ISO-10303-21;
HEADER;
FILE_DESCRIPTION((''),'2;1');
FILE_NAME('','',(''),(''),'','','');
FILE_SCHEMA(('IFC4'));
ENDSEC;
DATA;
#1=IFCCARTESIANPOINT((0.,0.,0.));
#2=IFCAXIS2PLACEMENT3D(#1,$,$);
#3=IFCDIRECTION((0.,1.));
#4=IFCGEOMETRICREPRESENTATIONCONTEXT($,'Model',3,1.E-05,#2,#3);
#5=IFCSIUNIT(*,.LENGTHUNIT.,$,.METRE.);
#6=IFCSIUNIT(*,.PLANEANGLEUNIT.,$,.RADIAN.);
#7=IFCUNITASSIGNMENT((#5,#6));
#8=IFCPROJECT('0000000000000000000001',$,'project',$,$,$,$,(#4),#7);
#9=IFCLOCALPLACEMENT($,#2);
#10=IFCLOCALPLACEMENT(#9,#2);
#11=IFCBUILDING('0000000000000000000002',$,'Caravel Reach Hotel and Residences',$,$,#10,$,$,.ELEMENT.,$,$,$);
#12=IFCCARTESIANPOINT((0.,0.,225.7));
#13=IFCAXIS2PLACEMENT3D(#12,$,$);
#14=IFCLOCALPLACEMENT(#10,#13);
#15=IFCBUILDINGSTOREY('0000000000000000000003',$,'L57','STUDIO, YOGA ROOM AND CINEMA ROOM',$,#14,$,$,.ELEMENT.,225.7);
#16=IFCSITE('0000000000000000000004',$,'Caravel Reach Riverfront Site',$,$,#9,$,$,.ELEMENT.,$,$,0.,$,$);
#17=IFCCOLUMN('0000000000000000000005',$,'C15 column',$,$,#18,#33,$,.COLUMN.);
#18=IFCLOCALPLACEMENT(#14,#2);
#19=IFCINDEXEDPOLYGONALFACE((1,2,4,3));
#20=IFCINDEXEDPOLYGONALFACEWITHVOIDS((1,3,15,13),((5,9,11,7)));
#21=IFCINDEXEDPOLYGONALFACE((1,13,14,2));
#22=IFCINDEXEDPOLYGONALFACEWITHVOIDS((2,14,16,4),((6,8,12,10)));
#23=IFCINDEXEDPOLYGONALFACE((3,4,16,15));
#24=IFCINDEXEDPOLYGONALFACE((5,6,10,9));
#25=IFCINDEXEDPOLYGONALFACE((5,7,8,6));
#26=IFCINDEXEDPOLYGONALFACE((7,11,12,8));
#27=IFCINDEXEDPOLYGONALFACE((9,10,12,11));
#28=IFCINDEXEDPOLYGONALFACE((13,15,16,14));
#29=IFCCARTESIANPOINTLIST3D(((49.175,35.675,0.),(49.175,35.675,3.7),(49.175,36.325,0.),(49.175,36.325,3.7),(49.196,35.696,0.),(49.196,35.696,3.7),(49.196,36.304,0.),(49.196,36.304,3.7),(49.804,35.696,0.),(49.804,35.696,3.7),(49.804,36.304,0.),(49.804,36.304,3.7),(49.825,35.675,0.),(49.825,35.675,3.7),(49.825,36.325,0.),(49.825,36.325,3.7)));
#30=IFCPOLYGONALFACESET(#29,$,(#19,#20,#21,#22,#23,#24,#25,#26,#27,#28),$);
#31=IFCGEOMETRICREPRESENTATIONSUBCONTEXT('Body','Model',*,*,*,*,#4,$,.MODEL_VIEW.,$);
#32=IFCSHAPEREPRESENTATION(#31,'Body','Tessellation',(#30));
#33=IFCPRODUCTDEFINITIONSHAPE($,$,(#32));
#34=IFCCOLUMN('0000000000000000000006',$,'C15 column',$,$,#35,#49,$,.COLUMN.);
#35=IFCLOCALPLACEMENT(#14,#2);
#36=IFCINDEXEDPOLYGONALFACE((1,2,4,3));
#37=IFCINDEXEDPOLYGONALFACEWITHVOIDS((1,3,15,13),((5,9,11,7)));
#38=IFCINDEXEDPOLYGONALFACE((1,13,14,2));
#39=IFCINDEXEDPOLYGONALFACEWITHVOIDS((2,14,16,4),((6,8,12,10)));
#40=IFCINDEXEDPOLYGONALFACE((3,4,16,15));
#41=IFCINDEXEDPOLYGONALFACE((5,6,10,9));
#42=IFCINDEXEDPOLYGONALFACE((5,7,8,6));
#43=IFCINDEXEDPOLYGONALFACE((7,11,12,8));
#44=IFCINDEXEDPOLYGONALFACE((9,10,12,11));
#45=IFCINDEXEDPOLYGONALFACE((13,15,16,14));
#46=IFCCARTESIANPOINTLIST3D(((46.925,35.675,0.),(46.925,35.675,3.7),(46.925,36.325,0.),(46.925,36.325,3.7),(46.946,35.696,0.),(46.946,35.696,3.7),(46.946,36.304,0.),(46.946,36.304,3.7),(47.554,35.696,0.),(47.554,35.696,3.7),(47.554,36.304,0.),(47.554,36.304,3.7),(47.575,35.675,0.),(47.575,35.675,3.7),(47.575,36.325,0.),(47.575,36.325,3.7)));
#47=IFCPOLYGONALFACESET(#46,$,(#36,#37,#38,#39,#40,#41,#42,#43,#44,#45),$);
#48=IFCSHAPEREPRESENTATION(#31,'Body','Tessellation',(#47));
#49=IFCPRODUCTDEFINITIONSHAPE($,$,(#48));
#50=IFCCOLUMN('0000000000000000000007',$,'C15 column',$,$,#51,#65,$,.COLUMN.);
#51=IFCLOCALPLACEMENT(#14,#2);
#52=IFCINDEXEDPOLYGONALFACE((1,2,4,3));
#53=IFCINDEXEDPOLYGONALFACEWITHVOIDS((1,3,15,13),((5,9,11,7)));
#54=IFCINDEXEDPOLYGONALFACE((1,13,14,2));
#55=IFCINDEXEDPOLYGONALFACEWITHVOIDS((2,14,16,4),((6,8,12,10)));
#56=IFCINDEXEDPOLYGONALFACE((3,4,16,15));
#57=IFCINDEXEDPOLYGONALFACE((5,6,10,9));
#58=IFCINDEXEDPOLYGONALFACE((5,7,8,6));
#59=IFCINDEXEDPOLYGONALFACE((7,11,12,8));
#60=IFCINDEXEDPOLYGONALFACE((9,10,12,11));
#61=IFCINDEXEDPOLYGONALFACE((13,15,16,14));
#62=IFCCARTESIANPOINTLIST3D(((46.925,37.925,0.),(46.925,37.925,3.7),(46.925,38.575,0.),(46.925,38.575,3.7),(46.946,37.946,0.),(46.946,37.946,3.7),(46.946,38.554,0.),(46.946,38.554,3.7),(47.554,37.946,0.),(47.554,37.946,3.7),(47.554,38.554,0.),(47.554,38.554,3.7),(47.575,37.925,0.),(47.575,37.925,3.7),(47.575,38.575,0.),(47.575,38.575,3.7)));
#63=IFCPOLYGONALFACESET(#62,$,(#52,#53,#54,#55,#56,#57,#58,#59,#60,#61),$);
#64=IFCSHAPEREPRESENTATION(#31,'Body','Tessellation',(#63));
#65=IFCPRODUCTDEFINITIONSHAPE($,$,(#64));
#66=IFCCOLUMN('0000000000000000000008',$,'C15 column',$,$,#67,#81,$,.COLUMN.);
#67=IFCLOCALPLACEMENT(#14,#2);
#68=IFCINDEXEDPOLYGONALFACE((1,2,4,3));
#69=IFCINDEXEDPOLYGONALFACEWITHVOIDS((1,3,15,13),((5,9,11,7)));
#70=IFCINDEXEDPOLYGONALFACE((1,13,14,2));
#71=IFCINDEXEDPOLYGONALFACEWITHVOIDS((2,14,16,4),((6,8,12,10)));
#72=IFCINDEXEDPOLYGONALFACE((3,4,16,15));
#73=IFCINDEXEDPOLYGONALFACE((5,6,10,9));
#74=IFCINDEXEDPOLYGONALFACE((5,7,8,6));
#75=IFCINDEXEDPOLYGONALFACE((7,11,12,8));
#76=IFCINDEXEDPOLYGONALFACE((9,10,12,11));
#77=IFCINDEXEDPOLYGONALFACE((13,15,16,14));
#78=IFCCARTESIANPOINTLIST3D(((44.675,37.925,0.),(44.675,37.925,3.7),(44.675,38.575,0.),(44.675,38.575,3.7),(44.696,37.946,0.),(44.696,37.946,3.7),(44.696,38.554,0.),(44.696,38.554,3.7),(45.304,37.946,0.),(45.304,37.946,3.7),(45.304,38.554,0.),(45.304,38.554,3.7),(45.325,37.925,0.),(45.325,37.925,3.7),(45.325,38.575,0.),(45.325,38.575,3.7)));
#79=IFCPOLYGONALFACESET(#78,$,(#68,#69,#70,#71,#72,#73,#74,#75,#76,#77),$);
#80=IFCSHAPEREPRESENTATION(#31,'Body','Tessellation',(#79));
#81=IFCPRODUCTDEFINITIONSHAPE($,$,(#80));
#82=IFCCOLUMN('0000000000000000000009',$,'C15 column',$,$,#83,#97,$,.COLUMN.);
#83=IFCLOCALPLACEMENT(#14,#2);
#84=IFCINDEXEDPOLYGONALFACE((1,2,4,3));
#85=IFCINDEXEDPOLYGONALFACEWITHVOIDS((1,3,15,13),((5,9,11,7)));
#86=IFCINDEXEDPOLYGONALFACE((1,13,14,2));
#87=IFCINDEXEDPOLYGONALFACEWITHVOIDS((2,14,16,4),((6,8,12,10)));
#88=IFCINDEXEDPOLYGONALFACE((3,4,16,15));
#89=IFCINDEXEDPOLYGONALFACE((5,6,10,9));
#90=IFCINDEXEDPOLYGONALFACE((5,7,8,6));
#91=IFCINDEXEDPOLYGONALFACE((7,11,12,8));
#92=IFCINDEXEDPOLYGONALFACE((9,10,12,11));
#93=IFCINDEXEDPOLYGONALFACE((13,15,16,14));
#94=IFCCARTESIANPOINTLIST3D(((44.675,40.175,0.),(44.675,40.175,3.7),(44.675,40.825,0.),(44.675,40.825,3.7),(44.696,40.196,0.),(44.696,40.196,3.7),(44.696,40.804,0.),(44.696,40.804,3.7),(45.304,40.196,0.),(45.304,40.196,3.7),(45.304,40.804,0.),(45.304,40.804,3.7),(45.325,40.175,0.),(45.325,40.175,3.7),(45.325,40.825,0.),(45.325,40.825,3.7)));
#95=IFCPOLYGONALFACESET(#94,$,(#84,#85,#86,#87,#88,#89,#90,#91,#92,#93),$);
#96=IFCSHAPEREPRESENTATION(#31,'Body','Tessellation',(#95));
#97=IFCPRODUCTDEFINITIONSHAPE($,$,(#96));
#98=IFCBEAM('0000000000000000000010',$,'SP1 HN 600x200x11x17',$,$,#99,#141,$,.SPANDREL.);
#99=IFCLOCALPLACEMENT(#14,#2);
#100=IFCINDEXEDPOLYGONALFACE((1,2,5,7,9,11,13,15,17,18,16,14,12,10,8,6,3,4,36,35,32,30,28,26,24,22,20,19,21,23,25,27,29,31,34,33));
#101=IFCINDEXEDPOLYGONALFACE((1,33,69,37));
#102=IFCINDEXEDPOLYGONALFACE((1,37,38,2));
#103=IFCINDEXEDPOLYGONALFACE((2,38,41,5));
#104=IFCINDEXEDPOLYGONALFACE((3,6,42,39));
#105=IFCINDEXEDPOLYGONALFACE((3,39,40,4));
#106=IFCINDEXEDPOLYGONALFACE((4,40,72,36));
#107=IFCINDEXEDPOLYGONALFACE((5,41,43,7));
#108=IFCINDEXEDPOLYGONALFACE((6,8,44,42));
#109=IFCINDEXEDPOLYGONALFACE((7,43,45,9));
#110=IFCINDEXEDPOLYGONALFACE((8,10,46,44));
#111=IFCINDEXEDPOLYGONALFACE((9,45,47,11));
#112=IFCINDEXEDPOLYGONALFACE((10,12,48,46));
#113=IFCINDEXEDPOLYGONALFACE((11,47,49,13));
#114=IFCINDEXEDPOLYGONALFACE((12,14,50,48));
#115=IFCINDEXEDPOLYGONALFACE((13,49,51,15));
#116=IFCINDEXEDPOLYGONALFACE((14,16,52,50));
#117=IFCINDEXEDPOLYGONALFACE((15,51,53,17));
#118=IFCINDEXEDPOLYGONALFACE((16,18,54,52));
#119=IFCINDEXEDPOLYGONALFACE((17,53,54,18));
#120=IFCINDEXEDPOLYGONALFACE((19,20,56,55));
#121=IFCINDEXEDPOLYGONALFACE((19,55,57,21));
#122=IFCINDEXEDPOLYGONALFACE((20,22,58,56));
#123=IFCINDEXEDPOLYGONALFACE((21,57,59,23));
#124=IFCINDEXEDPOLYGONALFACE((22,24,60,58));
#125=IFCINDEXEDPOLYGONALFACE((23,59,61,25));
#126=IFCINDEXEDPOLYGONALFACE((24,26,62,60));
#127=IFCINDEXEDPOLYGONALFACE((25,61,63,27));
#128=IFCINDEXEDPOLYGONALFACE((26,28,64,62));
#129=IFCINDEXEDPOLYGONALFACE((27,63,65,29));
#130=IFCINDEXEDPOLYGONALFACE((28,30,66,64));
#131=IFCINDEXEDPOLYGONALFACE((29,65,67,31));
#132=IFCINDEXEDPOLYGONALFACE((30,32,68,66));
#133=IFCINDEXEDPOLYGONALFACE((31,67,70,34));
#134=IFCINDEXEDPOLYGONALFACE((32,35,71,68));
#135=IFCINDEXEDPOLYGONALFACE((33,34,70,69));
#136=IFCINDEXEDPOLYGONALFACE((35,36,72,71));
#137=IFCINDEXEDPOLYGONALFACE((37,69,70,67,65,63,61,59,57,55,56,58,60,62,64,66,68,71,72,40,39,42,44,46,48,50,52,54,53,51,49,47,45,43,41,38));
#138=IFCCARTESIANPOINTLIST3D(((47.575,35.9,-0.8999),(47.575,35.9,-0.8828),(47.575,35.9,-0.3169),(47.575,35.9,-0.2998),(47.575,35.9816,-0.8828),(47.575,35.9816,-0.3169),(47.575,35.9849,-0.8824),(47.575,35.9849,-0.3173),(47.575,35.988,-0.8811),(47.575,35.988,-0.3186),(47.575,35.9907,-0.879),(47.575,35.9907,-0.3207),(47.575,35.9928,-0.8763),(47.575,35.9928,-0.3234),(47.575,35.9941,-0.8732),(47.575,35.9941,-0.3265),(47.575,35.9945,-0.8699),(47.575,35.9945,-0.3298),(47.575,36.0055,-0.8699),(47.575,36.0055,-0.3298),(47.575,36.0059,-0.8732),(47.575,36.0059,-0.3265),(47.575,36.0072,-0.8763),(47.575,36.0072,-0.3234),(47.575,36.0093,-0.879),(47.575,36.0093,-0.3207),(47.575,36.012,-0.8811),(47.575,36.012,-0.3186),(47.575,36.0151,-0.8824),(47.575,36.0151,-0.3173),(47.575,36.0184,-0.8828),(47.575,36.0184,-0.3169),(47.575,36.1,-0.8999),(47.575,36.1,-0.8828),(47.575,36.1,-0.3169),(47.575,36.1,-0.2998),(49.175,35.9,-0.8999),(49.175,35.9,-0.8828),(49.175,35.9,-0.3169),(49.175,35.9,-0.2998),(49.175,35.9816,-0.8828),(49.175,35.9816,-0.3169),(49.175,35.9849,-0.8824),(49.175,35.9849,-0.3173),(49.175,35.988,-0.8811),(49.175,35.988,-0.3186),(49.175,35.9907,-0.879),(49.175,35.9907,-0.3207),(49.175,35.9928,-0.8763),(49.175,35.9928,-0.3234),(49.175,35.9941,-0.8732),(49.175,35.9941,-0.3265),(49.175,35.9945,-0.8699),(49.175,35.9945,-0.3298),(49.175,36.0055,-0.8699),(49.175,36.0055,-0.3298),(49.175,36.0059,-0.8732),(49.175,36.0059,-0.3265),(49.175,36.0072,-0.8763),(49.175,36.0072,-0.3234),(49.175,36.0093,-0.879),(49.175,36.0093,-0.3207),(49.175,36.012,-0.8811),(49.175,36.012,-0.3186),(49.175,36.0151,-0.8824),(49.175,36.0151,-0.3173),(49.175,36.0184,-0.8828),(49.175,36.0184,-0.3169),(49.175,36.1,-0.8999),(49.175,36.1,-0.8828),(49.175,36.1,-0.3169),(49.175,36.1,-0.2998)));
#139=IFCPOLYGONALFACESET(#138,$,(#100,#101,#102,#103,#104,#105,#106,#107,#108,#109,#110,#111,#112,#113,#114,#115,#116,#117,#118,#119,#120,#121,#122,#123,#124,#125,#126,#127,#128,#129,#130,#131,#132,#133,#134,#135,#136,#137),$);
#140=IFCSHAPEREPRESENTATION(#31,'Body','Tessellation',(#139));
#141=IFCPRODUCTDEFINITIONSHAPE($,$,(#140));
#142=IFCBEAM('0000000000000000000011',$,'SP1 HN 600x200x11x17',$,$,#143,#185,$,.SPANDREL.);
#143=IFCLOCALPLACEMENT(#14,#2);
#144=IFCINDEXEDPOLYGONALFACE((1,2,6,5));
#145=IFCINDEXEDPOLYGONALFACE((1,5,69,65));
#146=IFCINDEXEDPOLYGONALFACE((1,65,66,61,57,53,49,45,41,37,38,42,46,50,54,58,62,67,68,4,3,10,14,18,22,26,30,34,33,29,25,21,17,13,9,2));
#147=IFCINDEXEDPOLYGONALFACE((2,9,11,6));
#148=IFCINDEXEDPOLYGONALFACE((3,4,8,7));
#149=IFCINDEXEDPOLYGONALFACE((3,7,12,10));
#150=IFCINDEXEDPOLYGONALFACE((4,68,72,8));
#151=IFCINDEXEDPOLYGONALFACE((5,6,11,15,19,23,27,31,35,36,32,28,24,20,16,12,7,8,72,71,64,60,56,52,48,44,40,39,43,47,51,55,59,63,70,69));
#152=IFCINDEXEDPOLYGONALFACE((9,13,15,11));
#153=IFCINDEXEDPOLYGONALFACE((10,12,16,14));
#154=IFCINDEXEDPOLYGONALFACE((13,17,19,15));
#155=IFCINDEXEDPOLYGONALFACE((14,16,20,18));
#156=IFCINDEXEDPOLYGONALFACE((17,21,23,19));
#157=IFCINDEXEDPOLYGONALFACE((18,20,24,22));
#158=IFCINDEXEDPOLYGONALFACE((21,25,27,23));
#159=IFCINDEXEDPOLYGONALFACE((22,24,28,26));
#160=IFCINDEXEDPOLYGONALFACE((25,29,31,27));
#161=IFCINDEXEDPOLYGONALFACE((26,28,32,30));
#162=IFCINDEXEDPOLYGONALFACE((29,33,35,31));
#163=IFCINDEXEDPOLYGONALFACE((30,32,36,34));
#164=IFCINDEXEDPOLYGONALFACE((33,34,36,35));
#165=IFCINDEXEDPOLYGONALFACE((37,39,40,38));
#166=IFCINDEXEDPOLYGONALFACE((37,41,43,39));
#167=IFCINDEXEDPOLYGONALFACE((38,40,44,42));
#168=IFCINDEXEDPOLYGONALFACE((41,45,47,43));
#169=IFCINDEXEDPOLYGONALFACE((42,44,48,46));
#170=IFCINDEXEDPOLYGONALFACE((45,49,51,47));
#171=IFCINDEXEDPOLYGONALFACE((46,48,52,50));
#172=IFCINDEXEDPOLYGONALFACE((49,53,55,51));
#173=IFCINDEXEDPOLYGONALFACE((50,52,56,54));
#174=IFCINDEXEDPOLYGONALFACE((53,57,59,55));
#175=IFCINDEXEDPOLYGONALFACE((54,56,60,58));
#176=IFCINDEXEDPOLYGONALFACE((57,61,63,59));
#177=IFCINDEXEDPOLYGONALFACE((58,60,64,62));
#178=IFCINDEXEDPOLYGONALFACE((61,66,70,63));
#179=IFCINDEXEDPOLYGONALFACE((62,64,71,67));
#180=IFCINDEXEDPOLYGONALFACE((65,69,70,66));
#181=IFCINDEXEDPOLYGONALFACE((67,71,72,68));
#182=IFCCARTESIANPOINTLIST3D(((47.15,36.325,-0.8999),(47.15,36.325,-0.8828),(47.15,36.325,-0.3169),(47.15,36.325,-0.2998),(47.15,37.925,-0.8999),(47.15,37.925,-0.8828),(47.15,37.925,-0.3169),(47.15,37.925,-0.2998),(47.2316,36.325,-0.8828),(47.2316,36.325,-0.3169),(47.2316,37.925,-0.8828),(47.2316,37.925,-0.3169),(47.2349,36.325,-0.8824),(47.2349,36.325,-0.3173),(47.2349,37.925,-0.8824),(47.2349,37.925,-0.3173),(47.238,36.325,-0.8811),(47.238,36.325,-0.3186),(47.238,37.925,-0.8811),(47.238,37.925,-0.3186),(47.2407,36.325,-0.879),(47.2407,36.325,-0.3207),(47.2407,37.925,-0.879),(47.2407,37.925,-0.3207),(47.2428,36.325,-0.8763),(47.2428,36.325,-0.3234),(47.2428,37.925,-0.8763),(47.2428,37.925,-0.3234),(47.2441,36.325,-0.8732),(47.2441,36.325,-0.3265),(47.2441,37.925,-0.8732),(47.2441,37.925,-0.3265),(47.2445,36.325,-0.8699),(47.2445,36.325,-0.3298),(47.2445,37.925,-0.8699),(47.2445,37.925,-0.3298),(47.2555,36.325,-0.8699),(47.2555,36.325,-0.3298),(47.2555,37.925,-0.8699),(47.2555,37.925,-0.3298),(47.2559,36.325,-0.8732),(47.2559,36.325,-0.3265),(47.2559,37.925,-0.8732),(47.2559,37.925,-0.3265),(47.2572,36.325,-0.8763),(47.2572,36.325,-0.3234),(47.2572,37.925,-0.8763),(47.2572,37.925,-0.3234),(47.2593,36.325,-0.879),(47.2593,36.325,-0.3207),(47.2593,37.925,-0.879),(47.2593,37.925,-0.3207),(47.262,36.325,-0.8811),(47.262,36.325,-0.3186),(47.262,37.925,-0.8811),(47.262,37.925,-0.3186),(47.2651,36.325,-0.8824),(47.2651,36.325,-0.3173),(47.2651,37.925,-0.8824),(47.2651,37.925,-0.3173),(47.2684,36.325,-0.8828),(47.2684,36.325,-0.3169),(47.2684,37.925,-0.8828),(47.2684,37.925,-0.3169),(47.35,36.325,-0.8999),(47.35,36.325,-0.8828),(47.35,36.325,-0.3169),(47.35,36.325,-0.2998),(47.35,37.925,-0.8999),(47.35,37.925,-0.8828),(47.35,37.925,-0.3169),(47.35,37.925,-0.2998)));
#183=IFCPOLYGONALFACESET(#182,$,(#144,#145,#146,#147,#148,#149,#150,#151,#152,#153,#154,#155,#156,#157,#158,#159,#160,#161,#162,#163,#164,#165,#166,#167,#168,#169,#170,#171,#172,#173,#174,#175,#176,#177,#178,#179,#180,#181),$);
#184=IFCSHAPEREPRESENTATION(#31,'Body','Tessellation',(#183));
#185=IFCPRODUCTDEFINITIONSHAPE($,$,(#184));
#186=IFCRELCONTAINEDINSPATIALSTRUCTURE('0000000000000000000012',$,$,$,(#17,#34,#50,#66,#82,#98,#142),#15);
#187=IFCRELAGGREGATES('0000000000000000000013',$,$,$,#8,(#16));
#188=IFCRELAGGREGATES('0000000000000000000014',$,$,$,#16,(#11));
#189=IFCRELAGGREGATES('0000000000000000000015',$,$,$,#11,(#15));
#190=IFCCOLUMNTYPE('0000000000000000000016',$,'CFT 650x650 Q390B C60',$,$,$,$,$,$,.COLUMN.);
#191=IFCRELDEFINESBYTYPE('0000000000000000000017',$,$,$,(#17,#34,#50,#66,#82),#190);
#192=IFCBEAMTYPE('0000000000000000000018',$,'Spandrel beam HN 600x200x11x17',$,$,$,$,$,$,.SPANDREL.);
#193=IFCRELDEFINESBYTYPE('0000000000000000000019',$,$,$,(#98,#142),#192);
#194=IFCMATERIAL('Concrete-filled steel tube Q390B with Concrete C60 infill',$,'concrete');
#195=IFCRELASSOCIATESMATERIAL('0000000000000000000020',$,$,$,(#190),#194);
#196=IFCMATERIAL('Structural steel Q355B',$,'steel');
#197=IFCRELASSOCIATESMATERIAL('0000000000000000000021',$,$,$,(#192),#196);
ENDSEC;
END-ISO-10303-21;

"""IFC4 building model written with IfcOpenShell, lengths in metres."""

from ifc_helpers import new_model, si_unit, direction, frame, origin, origin_2d, place, context, subcontext, project, spatial, hollow_rectangle, i_section, extrude, material, material_profile, profile_set, type_object, element, save


model = new_model("IFC4")

# Units and contexts
model_context = context("Model", 3, precision=1e-05, world=origin(), true_north=direction((0.0, 1.0)))
body_context = subcontext(model_context, "Body", "Model", "MODEL_VIEW")
ifc_project = project(units=[si_unit("LENGTHUNIT", "METRE"), si_unit("PLANEANGLEUNIT", "RADIAN")], contexts=[model_context])

# Site, building, storey
site_placement = place(None, origin())
site = spatial("IfcSite", under=ifc_project, at=site_placement, Name="Caravel Reach Riverfront Site", CompositionType="ELEMENT", RefElevation=0.0)
building_placement = place(site_placement, origin())
building = spatial("IfcBuilding", under=site, at=building_placement, Name="Caravel Reach Hotel and Residences", CompositionType="ELEMENT")
storey_placement = place(building_placement, frame((0.0, 0.0, 225.7)))
storey = spatial("IfcBuildingStorey", under=building, at=storey_placement, Name="L57", Description="STUDIO, YOGA ROOM AND CINEMA ROOM", CompositionType="ELEMENT", Elevation=225.7)

# Columns
ifc_material_1 = material(Name="Concrete-filled steel tube Q390B with Concrete C60 infill", Category="concrete")
ifc_material_profile_1 = material_profile(ifc_material_1, hollow_rectangle(XDim=0.6499, YDim=0.6499, WallThickness=0.021, at=origin_2d()), Name="RHS 650x650x21")
ifc_profile_set_1 = profile_set([ifc_material_profile_1], Name="Concrete-filled steel tube Q390B with Concrete C60 infill")
column_type = type_object("IfcColumnType", Name="CFT 650x650 Q390B C60", PredefinedType="COLUMN", material=ifc_profile_set_1)
for number, where, z_axis, x_axis, name in (
    (1, (49.5, 36.0, 0.0), (0.0, 0.0, 1.0), (1.0, 0.0, 0.0), "C15 column"),
    (2, (47.25, 36.0, 0.0), (0.0, 0.0, 1.0), (1.0, 0.0, 0.0), "C15 column"),
    (3, (47.25, 38.25, 0.0), (0.0, 0.0, 1.0), (1.0, 0.0, 0.0), "C15 column"),
    (4, (45.0, 38.25, 0.0), (0.0, 0.0, 1.0), (1.0, 0.0, 0.0), "C15 column"),
    (5, (45.0, 40.5, 0.0), (0.0, 0.0, 1.0), (1.0, 0.0, 0.0), "C15 column"),
):
    element("IfcColumn", number, at=place(storey_placement, frame(where, z_axis=z_axis, x_axis=x_axis)), inside=storey, type_object=column_type, Name=name, PredefinedType="COLUMN", context=body_context, shape_type="SweptSolid", body=[
        extrude(hollow_rectangle(XDim=0.6499, YDim=0.6499, WallThickness=0.021, at=origin_2d()), origin(), (0.0, 0.0, 1.0), 3.7),
    ])

# Beams
ifc_material_2 = material(Name="Structural steel Q355B", Category="steel")
ifc_material_profile_2 = material_profile(ifc_material_2, i_section(OverallWidth=0.2, OverallDepth=0.6001, WebThickness=0.011, FlangeThickness=0.0171, FilletRadius=0.0129, at=origin_2d()), Name="HN 600x200x11x17")
ifc_profile_set_2 = profile_set([ifc_material_profile_2], Name="Structural steel Q355B")
beam_type = type_object("IfcBeamType", Name="Spandrel beam HN 600x200x11x17", PredefinedType="SPANDREL", material=ifc_profile_set_2)
for number, where, z_axis, x_axis, name in (
    (6, (49.175, 36.0, -0.5999), (-1.0, 0.0, 0.0), (0.0, -1.0, 0.0), "SP1 HN 600x200x11x17"),
    (7, (47.25, 36.325, -0.5999), (0.0, 1.0, 0.0), (-1.0, 0.0, 0.0), "SP1 HN 600x200x11x17"),
):
    element("IfcBeam", number, at=place(storey_placement, frame(where, z_axis=z_axis, x_axis=x_axis)), inside=storey, type_object=beam_type, Name=name, PredefinedType="SPANDREL", context=body_context, shape_type="SweptSolid", body=[
        extrude(i_section(OverallWidth=0.2, OverallDepth=0.6001, WebThickness=0.011, FlangeThickness=0.0171, FilletRadius=0.0129, at=origin_2d()), origin(), (0.0, 0.0, 1.0), 1.6001),
    ])

save(model, "model.ifc")
